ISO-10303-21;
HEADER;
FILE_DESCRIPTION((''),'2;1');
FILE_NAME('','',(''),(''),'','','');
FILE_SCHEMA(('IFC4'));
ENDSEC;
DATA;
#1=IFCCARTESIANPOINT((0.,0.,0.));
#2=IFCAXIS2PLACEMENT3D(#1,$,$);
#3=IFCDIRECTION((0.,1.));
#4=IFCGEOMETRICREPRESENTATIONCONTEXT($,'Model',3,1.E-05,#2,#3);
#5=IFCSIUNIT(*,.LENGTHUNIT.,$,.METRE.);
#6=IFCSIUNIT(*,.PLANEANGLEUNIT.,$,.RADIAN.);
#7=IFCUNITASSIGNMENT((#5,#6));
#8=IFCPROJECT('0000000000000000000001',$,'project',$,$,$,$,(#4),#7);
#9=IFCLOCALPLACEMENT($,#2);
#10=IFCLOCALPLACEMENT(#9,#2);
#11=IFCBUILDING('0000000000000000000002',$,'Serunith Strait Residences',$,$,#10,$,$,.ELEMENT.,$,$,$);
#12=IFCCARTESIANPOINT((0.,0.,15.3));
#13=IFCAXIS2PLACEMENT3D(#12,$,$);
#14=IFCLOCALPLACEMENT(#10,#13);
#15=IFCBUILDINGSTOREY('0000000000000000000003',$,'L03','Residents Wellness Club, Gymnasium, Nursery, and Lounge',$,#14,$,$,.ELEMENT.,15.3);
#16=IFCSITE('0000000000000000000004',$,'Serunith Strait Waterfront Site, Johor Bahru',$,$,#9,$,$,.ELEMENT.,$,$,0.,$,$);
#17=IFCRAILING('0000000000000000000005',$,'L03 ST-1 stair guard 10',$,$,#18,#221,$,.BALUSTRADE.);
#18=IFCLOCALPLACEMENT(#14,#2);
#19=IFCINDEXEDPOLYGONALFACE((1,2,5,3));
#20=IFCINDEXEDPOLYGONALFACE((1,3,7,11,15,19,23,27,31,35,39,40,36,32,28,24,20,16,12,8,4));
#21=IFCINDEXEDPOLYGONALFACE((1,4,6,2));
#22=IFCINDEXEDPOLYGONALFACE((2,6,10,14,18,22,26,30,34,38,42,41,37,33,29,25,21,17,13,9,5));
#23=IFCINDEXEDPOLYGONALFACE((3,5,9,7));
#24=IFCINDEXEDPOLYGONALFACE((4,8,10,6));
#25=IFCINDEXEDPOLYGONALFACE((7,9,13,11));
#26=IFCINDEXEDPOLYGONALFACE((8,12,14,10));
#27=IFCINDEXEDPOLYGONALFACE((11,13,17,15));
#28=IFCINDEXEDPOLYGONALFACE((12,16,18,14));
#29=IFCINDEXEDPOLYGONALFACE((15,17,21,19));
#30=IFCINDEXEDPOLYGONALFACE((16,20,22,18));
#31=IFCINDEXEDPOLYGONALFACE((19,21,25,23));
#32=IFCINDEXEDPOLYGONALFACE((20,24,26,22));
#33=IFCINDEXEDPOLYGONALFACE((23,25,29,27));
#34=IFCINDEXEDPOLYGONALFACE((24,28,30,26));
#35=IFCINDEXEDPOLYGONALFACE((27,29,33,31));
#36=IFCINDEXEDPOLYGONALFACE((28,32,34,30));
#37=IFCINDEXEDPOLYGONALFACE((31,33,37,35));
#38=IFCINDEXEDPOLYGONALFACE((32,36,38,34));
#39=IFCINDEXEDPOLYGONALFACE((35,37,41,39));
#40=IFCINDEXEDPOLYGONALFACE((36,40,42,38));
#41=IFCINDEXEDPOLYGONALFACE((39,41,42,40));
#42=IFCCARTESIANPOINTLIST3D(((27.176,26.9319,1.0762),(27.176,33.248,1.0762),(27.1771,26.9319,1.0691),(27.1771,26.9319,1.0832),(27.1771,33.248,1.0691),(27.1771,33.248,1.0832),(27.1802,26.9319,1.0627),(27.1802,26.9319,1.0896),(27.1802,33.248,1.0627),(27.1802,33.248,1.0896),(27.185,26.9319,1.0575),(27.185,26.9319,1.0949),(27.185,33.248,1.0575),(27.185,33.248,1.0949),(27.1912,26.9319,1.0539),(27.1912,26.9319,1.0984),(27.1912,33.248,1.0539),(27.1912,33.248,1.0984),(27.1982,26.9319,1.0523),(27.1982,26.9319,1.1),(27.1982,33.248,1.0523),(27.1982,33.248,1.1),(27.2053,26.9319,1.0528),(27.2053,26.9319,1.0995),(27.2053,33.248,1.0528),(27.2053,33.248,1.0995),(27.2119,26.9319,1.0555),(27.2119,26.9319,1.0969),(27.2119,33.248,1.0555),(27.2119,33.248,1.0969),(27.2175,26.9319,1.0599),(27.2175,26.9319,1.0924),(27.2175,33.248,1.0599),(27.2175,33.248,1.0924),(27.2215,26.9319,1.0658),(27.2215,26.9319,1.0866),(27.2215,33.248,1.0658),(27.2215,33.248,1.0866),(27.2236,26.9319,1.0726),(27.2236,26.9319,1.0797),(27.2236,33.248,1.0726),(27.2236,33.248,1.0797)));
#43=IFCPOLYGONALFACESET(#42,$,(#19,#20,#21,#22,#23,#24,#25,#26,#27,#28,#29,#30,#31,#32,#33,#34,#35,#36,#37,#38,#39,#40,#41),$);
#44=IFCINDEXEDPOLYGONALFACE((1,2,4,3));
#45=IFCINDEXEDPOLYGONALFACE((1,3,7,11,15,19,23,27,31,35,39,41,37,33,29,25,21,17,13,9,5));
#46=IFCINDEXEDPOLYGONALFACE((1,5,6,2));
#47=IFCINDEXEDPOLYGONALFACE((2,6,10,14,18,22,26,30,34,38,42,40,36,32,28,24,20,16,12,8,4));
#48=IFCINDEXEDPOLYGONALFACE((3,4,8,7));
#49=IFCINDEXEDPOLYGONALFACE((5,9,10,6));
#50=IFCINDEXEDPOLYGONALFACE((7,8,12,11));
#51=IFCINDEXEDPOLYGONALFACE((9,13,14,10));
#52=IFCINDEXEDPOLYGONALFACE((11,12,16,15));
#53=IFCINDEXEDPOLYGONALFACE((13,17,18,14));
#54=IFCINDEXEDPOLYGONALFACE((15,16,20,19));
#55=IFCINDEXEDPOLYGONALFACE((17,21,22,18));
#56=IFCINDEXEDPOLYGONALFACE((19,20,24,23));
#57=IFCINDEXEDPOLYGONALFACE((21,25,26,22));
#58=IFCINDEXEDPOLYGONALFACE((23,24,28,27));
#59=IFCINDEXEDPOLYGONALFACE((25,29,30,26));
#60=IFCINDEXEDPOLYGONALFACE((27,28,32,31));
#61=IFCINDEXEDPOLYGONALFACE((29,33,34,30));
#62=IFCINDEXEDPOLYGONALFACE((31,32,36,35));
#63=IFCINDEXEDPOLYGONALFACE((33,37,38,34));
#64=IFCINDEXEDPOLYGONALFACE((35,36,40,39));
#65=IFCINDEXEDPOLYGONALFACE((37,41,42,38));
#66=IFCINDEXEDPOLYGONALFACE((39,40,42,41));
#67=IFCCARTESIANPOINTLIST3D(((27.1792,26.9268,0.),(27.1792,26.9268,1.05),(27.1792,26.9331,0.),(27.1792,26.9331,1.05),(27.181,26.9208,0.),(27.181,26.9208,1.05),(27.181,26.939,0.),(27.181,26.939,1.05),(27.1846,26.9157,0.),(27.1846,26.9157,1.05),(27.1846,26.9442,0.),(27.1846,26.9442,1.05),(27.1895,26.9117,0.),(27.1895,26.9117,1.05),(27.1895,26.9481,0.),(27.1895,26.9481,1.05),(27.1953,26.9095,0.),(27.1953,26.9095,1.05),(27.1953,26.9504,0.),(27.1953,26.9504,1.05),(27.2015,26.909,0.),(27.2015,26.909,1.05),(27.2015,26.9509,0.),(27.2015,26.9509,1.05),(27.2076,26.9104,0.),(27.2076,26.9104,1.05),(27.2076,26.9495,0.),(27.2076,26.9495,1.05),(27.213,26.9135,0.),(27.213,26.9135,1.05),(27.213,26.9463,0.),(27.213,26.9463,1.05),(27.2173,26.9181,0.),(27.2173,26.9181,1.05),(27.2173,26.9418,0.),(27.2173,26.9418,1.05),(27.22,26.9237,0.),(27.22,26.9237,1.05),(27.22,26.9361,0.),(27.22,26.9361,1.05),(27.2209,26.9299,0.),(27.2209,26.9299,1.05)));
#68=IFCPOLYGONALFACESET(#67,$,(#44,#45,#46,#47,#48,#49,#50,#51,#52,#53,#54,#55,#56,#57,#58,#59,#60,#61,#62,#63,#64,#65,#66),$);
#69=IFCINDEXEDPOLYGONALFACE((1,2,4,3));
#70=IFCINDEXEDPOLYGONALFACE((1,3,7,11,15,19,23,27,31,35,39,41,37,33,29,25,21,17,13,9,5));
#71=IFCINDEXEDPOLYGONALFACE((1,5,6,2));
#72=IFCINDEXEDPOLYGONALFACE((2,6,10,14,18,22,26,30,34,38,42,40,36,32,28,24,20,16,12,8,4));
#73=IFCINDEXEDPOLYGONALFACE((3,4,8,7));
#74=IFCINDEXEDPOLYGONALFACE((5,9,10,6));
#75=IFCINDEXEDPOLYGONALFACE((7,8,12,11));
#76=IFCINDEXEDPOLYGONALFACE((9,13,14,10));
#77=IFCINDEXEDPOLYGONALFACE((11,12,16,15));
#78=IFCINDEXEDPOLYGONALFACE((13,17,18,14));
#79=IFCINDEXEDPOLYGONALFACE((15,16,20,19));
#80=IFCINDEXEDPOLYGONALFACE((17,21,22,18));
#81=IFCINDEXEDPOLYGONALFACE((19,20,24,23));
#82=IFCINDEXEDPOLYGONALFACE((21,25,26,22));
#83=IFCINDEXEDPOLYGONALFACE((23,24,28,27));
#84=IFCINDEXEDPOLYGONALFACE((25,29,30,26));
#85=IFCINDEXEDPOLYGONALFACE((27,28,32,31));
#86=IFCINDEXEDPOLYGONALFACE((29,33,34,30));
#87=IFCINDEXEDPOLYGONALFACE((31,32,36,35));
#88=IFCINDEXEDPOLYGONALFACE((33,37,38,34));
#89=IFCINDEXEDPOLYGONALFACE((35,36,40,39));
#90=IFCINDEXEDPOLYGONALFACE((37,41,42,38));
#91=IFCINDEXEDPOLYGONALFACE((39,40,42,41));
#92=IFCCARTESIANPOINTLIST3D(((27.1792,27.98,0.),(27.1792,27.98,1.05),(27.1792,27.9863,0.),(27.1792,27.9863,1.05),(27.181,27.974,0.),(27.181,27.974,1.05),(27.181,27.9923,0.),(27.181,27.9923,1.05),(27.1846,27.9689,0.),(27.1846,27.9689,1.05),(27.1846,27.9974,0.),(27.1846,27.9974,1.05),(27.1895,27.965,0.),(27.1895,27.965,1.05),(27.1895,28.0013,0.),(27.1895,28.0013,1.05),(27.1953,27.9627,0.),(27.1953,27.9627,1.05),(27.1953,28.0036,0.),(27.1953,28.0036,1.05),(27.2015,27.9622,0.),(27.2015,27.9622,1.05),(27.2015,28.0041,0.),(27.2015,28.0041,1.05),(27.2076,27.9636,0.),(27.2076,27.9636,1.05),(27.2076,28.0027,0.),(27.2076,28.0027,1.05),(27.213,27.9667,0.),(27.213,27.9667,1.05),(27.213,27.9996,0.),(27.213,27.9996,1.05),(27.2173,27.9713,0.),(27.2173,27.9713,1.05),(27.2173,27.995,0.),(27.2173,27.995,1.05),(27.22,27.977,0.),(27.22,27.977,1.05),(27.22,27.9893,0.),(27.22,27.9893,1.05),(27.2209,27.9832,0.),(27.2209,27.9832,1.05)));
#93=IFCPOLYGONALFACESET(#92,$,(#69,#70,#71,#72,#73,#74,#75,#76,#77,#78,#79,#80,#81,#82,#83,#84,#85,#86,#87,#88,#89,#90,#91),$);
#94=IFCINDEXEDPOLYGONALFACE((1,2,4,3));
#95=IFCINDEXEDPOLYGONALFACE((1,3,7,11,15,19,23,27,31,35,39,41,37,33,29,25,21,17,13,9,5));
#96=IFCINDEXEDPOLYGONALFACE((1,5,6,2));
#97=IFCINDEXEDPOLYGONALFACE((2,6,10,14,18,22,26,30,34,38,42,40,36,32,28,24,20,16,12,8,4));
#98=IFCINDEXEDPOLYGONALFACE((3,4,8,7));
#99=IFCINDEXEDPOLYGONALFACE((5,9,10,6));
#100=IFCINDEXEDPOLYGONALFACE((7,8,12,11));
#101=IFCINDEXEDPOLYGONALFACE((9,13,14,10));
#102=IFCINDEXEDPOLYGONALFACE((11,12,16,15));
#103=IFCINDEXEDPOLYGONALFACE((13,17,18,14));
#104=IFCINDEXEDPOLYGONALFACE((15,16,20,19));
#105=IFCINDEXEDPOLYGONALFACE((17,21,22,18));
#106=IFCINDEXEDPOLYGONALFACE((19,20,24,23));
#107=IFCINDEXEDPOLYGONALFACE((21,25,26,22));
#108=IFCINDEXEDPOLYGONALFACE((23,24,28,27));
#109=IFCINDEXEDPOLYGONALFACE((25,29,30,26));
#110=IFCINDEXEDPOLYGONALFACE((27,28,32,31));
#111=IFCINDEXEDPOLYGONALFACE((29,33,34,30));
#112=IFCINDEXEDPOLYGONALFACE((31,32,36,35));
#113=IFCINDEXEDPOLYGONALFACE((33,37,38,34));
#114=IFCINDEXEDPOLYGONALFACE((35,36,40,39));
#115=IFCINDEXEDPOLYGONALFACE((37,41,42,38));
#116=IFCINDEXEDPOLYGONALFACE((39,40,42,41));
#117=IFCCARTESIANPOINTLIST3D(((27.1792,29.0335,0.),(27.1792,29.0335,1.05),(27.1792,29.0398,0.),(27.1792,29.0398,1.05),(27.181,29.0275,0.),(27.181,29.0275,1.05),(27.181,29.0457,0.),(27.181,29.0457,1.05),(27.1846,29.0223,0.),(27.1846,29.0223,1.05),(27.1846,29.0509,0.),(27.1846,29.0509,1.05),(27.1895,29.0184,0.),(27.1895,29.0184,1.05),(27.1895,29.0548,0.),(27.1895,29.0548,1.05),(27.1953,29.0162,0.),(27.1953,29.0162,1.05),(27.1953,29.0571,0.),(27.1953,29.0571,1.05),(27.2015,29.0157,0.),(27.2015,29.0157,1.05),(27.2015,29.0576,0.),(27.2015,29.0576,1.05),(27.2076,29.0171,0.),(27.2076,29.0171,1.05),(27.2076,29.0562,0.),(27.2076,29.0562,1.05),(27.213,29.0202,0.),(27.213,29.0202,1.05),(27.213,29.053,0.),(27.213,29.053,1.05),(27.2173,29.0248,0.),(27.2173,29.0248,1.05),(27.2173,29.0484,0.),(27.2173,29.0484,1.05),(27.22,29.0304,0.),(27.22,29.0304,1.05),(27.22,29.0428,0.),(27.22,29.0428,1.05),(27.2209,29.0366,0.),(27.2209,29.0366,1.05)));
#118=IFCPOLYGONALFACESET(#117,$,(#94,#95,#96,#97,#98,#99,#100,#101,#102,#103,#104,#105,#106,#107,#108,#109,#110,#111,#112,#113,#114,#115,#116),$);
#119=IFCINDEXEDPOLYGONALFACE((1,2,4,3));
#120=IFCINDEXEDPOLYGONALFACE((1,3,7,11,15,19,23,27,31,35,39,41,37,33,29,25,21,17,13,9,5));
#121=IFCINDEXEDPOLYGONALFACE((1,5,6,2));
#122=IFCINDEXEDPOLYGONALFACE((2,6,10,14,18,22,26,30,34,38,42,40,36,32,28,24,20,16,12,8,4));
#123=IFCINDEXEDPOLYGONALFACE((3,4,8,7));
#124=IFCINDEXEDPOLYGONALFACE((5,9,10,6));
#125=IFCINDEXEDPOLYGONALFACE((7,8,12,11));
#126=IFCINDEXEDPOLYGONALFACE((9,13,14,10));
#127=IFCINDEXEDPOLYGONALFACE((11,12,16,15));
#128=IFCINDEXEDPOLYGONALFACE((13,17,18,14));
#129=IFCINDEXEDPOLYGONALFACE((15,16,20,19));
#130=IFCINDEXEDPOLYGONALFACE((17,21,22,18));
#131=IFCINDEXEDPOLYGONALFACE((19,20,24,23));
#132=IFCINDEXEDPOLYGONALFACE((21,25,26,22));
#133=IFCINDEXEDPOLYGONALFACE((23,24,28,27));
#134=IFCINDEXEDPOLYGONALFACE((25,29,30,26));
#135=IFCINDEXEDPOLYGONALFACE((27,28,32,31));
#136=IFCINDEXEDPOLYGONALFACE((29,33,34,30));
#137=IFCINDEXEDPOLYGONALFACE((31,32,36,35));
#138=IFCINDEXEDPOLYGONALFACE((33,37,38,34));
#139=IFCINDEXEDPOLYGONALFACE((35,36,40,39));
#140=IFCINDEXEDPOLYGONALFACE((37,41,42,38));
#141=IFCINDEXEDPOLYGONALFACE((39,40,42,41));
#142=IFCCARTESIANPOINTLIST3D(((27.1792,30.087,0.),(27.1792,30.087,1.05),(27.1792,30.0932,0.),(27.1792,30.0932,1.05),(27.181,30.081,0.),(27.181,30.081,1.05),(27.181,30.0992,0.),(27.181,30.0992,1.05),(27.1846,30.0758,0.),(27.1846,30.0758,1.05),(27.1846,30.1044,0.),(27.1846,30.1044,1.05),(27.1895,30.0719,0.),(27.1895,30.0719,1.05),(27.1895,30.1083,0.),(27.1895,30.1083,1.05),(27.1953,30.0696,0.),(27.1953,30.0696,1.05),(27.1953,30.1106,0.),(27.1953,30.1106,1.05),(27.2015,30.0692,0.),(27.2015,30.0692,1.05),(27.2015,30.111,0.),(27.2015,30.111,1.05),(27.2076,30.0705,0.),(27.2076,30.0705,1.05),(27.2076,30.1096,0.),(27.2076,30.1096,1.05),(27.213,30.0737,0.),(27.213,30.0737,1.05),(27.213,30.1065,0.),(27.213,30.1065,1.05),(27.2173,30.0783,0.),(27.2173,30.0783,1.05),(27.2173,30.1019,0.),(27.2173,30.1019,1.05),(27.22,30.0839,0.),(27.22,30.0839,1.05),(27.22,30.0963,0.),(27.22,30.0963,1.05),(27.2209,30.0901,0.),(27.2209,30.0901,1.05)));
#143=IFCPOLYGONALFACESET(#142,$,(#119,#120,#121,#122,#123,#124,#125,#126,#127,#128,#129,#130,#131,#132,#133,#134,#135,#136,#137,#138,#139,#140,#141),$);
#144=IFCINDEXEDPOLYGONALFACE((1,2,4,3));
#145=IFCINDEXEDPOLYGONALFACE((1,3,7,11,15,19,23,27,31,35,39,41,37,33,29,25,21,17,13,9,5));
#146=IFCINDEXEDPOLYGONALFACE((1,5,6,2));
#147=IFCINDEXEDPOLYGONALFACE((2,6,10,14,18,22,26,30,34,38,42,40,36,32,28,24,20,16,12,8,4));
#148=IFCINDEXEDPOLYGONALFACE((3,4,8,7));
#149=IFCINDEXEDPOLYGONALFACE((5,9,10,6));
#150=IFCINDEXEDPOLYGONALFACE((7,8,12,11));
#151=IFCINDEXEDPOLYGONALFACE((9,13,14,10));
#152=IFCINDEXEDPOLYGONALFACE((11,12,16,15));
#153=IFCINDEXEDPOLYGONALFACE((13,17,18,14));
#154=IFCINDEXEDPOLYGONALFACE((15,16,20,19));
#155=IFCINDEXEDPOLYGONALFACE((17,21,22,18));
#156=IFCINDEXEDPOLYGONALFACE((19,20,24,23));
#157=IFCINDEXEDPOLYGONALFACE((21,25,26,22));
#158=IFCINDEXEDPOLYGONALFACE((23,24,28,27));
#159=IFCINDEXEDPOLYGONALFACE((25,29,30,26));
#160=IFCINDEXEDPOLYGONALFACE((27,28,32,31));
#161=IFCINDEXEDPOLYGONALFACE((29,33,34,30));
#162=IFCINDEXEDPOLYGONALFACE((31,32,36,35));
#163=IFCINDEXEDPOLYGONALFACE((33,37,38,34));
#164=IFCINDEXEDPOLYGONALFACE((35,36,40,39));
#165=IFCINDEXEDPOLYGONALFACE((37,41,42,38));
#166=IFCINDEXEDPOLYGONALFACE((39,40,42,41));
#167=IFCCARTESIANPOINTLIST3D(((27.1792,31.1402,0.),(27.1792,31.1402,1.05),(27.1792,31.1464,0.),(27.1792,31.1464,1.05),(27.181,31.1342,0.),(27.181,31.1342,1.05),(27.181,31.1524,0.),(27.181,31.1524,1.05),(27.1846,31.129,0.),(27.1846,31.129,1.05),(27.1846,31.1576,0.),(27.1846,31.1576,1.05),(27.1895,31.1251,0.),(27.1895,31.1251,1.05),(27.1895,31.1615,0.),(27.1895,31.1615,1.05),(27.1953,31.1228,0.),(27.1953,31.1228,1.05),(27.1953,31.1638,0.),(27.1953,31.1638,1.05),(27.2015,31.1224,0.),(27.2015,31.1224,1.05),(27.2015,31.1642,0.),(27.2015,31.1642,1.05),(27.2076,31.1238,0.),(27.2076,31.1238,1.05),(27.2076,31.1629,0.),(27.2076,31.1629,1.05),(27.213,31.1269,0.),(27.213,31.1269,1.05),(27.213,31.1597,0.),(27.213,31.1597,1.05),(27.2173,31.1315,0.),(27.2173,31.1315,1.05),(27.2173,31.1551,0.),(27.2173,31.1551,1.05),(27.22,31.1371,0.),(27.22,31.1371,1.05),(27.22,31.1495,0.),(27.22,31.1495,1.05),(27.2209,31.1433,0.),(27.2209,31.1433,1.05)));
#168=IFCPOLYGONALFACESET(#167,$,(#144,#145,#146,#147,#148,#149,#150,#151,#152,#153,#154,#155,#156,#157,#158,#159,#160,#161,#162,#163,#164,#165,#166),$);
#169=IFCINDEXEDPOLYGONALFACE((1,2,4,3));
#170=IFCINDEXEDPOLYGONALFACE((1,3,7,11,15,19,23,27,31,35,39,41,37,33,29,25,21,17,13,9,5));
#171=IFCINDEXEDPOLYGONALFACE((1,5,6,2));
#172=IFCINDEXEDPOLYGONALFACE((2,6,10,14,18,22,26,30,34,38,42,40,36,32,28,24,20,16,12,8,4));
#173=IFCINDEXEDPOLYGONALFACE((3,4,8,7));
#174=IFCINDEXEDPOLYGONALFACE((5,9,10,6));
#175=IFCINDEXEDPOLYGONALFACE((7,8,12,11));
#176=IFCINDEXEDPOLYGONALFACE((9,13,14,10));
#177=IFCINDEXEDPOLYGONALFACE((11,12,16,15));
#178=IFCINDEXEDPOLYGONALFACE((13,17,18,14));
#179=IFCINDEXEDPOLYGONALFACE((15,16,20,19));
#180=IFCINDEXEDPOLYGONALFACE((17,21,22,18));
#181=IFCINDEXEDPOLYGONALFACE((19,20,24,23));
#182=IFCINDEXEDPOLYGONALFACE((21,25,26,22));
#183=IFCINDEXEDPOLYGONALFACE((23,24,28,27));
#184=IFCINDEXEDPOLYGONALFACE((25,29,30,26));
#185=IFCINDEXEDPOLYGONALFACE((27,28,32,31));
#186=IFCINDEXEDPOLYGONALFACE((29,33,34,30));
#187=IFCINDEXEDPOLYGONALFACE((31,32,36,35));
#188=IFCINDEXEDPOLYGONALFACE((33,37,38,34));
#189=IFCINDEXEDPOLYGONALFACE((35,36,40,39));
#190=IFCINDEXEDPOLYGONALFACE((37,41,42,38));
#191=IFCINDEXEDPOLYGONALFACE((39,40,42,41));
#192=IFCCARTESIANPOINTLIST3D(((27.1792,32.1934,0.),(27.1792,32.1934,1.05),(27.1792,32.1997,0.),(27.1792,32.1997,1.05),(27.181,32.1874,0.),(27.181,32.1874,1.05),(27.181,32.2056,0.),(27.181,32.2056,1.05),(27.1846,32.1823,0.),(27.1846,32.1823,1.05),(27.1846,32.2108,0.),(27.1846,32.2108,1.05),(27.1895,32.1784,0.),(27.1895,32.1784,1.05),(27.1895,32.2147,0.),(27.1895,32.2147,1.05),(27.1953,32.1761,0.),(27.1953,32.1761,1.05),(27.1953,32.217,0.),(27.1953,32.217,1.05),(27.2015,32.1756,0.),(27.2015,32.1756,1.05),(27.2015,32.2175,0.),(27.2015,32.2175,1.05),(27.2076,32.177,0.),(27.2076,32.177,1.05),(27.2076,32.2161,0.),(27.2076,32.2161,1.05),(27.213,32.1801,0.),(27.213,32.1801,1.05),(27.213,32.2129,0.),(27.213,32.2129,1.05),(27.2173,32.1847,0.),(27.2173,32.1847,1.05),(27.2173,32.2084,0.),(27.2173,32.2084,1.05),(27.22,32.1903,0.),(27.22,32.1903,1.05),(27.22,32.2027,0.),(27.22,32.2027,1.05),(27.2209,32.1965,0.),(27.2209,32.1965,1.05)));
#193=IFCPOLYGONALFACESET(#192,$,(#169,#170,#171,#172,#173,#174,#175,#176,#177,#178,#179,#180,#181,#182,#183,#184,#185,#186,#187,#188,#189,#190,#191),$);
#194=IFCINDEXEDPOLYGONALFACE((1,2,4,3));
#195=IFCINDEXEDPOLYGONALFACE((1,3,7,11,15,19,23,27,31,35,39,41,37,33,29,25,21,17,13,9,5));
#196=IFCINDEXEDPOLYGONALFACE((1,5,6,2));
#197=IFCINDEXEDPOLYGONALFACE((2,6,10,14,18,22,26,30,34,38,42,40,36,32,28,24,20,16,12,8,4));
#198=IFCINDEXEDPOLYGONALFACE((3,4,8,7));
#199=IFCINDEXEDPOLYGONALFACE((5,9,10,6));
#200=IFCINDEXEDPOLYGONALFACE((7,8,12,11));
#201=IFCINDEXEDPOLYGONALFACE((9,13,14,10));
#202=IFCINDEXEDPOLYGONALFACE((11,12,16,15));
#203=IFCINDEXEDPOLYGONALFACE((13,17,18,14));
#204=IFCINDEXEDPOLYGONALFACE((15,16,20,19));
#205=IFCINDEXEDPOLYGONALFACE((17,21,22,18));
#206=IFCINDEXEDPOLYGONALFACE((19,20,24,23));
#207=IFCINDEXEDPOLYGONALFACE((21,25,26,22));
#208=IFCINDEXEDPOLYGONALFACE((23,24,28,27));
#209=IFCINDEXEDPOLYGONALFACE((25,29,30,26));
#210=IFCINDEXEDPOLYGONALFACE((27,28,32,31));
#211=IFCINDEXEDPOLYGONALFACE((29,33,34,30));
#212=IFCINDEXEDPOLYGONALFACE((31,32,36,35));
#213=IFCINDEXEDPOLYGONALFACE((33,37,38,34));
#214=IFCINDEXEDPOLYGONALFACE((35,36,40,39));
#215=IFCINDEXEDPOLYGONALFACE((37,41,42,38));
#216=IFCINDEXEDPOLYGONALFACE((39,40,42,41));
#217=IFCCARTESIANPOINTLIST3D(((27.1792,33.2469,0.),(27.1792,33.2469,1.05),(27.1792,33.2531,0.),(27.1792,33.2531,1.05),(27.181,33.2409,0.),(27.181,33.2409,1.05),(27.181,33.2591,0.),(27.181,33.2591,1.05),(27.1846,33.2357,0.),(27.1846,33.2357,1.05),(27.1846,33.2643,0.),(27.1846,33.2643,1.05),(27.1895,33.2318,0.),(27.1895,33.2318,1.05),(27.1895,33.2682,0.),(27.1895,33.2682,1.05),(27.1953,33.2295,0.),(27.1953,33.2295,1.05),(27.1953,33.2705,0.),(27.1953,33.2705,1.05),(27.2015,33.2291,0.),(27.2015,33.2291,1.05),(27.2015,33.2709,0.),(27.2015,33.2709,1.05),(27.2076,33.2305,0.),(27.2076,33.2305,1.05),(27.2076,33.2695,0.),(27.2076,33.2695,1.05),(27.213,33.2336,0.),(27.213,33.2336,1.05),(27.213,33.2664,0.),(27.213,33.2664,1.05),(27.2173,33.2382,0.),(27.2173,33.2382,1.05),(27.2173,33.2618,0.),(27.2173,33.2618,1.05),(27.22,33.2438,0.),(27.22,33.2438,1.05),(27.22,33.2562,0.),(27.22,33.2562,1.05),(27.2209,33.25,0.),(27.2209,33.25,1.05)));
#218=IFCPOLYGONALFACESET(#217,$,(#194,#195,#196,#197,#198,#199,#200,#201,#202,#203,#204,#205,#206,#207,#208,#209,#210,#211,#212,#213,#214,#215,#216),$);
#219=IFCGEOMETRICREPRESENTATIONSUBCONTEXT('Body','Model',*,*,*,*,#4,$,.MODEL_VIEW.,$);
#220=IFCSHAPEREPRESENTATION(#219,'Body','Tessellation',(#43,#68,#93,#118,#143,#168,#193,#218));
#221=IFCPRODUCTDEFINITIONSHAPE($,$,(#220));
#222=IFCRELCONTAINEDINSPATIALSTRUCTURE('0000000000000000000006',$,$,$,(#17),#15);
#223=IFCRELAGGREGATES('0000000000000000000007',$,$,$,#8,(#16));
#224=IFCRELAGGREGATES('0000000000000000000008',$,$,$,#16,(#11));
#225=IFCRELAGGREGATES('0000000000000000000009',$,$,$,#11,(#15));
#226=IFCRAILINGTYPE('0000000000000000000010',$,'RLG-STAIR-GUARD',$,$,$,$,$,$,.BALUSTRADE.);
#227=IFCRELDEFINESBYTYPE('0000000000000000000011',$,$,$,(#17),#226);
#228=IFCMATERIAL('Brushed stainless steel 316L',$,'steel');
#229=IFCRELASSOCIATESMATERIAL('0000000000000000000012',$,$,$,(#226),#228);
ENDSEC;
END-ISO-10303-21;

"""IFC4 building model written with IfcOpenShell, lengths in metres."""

from ifc_helpers import new_model, si_unit, direction, frame, origin, origin_2d, place, context, subcontext, project, spatial, circle, extrude, material, type_object, element, save


model = new_model("IFC4")

# Units and contexts
model_context = context("Model", 3, precision=1e-05, world=origin(), true_north=direction((0.0, 1.0)))
body_context = subcontext(model_context, "Body", "Model", "MODEL_VIEW")
ifc_project = project(units=[si_unit("LENGTHUNIT", "METRE"), si_unit("PLANEANGLEUNIT", "RADIAN")], contexts=[model_context])

# Site, building, storey
site_placement = place(None, origin())
site = spatial("IfcSite", under=ifc_project, at=site_placement, Name="Serunith Strait Waterfront Site, Johor Bahru", CompositionType="ELEMENT", RefElevation=0.0)
building_placement = place(site_placement, origin())
building = spatial("IfcBuilding", under=site, at=building_placement, Name="Serunith Strait Residences", CompositionType="ELEMENT")
storey_placement = place(building_placement, frame((0.0, 0.0, 15.3)))
storey = spatial("IfcBuildingStorey", under=building, at=storey_placement, Name="L03", Description="Residents Wellness Club, Gymnasium, Nursery, and Lounge", CompositionType="ELEMENT", Elevation=15.3)

# Railing
ifc_material_1 = material(Name="Brushed stainless steel 316L", Category="steel")
railing_type_1 = type_object("IfcRailingType", Name="RLG-STAIR-GUARD", PredefinedType="BALUSTRADE", material=ifc_material_1)
railing_1_placement = place(storey_placement, frame((27.2, 26.9299, 0.0)))
element("IfcRailing", 1, at=railing_1_placement, inside=storey, type_object=railing_type_1, Name="L03 ST-1 stair guard 10", PredefinedType="BALUSTRADE", context=body_context, shape_type="SweptSolid", body=[
    extrude(circle(Radius=0.0239, at=origin_2d()), frame((0.0, 0.002, 1.0762), z_axis=(0.0, 1.0, 0.0), x_axis=(-1.0, 0.0, 0.0)), (0.0, 0.0, 1.0), 6.3162),
    extrude(circle(Radius=0.021, at=origin_2d()), origin(), (0.0, 0.0, 1.0), 1.05),
    extrude(circle(Radius=0.021, at=origin_2d()), frame((0.0, 1.0532, 0.0)), (0.0, 0.0, 1.0), 1.05),
    extrude(circle(Radius=0.021, at=origin_2d()), frame((0.0, 2.1067, 0.0)), (0.0, 0.0, 1.0), 1.05),
    extrude(circle(Radius=0.021, at=origin_2d()), frame((0.0, 3.1602, 0.0)), (0.0, 0.0, 1.0), 1.05),
    extrude(circle(Radius=0.021, at=origin_2d()), frame((0.0, 4.2134, 0.0)), (0.0, 0.0, 1.0), 1.05),
    extrude(circle(Radius=0.021, at=origin_2d()), frame((0.0, 5.2666, 0.0)), (0.0, 0.0, 1.0), 1.05),
    extrude(circle(Radius=0.021, at=origin_2d()), frame((0.0, 6.3201, 0.0)), (0.0, 0.0, 1.0), 1.05),
])

save(model, "model.ifc")
